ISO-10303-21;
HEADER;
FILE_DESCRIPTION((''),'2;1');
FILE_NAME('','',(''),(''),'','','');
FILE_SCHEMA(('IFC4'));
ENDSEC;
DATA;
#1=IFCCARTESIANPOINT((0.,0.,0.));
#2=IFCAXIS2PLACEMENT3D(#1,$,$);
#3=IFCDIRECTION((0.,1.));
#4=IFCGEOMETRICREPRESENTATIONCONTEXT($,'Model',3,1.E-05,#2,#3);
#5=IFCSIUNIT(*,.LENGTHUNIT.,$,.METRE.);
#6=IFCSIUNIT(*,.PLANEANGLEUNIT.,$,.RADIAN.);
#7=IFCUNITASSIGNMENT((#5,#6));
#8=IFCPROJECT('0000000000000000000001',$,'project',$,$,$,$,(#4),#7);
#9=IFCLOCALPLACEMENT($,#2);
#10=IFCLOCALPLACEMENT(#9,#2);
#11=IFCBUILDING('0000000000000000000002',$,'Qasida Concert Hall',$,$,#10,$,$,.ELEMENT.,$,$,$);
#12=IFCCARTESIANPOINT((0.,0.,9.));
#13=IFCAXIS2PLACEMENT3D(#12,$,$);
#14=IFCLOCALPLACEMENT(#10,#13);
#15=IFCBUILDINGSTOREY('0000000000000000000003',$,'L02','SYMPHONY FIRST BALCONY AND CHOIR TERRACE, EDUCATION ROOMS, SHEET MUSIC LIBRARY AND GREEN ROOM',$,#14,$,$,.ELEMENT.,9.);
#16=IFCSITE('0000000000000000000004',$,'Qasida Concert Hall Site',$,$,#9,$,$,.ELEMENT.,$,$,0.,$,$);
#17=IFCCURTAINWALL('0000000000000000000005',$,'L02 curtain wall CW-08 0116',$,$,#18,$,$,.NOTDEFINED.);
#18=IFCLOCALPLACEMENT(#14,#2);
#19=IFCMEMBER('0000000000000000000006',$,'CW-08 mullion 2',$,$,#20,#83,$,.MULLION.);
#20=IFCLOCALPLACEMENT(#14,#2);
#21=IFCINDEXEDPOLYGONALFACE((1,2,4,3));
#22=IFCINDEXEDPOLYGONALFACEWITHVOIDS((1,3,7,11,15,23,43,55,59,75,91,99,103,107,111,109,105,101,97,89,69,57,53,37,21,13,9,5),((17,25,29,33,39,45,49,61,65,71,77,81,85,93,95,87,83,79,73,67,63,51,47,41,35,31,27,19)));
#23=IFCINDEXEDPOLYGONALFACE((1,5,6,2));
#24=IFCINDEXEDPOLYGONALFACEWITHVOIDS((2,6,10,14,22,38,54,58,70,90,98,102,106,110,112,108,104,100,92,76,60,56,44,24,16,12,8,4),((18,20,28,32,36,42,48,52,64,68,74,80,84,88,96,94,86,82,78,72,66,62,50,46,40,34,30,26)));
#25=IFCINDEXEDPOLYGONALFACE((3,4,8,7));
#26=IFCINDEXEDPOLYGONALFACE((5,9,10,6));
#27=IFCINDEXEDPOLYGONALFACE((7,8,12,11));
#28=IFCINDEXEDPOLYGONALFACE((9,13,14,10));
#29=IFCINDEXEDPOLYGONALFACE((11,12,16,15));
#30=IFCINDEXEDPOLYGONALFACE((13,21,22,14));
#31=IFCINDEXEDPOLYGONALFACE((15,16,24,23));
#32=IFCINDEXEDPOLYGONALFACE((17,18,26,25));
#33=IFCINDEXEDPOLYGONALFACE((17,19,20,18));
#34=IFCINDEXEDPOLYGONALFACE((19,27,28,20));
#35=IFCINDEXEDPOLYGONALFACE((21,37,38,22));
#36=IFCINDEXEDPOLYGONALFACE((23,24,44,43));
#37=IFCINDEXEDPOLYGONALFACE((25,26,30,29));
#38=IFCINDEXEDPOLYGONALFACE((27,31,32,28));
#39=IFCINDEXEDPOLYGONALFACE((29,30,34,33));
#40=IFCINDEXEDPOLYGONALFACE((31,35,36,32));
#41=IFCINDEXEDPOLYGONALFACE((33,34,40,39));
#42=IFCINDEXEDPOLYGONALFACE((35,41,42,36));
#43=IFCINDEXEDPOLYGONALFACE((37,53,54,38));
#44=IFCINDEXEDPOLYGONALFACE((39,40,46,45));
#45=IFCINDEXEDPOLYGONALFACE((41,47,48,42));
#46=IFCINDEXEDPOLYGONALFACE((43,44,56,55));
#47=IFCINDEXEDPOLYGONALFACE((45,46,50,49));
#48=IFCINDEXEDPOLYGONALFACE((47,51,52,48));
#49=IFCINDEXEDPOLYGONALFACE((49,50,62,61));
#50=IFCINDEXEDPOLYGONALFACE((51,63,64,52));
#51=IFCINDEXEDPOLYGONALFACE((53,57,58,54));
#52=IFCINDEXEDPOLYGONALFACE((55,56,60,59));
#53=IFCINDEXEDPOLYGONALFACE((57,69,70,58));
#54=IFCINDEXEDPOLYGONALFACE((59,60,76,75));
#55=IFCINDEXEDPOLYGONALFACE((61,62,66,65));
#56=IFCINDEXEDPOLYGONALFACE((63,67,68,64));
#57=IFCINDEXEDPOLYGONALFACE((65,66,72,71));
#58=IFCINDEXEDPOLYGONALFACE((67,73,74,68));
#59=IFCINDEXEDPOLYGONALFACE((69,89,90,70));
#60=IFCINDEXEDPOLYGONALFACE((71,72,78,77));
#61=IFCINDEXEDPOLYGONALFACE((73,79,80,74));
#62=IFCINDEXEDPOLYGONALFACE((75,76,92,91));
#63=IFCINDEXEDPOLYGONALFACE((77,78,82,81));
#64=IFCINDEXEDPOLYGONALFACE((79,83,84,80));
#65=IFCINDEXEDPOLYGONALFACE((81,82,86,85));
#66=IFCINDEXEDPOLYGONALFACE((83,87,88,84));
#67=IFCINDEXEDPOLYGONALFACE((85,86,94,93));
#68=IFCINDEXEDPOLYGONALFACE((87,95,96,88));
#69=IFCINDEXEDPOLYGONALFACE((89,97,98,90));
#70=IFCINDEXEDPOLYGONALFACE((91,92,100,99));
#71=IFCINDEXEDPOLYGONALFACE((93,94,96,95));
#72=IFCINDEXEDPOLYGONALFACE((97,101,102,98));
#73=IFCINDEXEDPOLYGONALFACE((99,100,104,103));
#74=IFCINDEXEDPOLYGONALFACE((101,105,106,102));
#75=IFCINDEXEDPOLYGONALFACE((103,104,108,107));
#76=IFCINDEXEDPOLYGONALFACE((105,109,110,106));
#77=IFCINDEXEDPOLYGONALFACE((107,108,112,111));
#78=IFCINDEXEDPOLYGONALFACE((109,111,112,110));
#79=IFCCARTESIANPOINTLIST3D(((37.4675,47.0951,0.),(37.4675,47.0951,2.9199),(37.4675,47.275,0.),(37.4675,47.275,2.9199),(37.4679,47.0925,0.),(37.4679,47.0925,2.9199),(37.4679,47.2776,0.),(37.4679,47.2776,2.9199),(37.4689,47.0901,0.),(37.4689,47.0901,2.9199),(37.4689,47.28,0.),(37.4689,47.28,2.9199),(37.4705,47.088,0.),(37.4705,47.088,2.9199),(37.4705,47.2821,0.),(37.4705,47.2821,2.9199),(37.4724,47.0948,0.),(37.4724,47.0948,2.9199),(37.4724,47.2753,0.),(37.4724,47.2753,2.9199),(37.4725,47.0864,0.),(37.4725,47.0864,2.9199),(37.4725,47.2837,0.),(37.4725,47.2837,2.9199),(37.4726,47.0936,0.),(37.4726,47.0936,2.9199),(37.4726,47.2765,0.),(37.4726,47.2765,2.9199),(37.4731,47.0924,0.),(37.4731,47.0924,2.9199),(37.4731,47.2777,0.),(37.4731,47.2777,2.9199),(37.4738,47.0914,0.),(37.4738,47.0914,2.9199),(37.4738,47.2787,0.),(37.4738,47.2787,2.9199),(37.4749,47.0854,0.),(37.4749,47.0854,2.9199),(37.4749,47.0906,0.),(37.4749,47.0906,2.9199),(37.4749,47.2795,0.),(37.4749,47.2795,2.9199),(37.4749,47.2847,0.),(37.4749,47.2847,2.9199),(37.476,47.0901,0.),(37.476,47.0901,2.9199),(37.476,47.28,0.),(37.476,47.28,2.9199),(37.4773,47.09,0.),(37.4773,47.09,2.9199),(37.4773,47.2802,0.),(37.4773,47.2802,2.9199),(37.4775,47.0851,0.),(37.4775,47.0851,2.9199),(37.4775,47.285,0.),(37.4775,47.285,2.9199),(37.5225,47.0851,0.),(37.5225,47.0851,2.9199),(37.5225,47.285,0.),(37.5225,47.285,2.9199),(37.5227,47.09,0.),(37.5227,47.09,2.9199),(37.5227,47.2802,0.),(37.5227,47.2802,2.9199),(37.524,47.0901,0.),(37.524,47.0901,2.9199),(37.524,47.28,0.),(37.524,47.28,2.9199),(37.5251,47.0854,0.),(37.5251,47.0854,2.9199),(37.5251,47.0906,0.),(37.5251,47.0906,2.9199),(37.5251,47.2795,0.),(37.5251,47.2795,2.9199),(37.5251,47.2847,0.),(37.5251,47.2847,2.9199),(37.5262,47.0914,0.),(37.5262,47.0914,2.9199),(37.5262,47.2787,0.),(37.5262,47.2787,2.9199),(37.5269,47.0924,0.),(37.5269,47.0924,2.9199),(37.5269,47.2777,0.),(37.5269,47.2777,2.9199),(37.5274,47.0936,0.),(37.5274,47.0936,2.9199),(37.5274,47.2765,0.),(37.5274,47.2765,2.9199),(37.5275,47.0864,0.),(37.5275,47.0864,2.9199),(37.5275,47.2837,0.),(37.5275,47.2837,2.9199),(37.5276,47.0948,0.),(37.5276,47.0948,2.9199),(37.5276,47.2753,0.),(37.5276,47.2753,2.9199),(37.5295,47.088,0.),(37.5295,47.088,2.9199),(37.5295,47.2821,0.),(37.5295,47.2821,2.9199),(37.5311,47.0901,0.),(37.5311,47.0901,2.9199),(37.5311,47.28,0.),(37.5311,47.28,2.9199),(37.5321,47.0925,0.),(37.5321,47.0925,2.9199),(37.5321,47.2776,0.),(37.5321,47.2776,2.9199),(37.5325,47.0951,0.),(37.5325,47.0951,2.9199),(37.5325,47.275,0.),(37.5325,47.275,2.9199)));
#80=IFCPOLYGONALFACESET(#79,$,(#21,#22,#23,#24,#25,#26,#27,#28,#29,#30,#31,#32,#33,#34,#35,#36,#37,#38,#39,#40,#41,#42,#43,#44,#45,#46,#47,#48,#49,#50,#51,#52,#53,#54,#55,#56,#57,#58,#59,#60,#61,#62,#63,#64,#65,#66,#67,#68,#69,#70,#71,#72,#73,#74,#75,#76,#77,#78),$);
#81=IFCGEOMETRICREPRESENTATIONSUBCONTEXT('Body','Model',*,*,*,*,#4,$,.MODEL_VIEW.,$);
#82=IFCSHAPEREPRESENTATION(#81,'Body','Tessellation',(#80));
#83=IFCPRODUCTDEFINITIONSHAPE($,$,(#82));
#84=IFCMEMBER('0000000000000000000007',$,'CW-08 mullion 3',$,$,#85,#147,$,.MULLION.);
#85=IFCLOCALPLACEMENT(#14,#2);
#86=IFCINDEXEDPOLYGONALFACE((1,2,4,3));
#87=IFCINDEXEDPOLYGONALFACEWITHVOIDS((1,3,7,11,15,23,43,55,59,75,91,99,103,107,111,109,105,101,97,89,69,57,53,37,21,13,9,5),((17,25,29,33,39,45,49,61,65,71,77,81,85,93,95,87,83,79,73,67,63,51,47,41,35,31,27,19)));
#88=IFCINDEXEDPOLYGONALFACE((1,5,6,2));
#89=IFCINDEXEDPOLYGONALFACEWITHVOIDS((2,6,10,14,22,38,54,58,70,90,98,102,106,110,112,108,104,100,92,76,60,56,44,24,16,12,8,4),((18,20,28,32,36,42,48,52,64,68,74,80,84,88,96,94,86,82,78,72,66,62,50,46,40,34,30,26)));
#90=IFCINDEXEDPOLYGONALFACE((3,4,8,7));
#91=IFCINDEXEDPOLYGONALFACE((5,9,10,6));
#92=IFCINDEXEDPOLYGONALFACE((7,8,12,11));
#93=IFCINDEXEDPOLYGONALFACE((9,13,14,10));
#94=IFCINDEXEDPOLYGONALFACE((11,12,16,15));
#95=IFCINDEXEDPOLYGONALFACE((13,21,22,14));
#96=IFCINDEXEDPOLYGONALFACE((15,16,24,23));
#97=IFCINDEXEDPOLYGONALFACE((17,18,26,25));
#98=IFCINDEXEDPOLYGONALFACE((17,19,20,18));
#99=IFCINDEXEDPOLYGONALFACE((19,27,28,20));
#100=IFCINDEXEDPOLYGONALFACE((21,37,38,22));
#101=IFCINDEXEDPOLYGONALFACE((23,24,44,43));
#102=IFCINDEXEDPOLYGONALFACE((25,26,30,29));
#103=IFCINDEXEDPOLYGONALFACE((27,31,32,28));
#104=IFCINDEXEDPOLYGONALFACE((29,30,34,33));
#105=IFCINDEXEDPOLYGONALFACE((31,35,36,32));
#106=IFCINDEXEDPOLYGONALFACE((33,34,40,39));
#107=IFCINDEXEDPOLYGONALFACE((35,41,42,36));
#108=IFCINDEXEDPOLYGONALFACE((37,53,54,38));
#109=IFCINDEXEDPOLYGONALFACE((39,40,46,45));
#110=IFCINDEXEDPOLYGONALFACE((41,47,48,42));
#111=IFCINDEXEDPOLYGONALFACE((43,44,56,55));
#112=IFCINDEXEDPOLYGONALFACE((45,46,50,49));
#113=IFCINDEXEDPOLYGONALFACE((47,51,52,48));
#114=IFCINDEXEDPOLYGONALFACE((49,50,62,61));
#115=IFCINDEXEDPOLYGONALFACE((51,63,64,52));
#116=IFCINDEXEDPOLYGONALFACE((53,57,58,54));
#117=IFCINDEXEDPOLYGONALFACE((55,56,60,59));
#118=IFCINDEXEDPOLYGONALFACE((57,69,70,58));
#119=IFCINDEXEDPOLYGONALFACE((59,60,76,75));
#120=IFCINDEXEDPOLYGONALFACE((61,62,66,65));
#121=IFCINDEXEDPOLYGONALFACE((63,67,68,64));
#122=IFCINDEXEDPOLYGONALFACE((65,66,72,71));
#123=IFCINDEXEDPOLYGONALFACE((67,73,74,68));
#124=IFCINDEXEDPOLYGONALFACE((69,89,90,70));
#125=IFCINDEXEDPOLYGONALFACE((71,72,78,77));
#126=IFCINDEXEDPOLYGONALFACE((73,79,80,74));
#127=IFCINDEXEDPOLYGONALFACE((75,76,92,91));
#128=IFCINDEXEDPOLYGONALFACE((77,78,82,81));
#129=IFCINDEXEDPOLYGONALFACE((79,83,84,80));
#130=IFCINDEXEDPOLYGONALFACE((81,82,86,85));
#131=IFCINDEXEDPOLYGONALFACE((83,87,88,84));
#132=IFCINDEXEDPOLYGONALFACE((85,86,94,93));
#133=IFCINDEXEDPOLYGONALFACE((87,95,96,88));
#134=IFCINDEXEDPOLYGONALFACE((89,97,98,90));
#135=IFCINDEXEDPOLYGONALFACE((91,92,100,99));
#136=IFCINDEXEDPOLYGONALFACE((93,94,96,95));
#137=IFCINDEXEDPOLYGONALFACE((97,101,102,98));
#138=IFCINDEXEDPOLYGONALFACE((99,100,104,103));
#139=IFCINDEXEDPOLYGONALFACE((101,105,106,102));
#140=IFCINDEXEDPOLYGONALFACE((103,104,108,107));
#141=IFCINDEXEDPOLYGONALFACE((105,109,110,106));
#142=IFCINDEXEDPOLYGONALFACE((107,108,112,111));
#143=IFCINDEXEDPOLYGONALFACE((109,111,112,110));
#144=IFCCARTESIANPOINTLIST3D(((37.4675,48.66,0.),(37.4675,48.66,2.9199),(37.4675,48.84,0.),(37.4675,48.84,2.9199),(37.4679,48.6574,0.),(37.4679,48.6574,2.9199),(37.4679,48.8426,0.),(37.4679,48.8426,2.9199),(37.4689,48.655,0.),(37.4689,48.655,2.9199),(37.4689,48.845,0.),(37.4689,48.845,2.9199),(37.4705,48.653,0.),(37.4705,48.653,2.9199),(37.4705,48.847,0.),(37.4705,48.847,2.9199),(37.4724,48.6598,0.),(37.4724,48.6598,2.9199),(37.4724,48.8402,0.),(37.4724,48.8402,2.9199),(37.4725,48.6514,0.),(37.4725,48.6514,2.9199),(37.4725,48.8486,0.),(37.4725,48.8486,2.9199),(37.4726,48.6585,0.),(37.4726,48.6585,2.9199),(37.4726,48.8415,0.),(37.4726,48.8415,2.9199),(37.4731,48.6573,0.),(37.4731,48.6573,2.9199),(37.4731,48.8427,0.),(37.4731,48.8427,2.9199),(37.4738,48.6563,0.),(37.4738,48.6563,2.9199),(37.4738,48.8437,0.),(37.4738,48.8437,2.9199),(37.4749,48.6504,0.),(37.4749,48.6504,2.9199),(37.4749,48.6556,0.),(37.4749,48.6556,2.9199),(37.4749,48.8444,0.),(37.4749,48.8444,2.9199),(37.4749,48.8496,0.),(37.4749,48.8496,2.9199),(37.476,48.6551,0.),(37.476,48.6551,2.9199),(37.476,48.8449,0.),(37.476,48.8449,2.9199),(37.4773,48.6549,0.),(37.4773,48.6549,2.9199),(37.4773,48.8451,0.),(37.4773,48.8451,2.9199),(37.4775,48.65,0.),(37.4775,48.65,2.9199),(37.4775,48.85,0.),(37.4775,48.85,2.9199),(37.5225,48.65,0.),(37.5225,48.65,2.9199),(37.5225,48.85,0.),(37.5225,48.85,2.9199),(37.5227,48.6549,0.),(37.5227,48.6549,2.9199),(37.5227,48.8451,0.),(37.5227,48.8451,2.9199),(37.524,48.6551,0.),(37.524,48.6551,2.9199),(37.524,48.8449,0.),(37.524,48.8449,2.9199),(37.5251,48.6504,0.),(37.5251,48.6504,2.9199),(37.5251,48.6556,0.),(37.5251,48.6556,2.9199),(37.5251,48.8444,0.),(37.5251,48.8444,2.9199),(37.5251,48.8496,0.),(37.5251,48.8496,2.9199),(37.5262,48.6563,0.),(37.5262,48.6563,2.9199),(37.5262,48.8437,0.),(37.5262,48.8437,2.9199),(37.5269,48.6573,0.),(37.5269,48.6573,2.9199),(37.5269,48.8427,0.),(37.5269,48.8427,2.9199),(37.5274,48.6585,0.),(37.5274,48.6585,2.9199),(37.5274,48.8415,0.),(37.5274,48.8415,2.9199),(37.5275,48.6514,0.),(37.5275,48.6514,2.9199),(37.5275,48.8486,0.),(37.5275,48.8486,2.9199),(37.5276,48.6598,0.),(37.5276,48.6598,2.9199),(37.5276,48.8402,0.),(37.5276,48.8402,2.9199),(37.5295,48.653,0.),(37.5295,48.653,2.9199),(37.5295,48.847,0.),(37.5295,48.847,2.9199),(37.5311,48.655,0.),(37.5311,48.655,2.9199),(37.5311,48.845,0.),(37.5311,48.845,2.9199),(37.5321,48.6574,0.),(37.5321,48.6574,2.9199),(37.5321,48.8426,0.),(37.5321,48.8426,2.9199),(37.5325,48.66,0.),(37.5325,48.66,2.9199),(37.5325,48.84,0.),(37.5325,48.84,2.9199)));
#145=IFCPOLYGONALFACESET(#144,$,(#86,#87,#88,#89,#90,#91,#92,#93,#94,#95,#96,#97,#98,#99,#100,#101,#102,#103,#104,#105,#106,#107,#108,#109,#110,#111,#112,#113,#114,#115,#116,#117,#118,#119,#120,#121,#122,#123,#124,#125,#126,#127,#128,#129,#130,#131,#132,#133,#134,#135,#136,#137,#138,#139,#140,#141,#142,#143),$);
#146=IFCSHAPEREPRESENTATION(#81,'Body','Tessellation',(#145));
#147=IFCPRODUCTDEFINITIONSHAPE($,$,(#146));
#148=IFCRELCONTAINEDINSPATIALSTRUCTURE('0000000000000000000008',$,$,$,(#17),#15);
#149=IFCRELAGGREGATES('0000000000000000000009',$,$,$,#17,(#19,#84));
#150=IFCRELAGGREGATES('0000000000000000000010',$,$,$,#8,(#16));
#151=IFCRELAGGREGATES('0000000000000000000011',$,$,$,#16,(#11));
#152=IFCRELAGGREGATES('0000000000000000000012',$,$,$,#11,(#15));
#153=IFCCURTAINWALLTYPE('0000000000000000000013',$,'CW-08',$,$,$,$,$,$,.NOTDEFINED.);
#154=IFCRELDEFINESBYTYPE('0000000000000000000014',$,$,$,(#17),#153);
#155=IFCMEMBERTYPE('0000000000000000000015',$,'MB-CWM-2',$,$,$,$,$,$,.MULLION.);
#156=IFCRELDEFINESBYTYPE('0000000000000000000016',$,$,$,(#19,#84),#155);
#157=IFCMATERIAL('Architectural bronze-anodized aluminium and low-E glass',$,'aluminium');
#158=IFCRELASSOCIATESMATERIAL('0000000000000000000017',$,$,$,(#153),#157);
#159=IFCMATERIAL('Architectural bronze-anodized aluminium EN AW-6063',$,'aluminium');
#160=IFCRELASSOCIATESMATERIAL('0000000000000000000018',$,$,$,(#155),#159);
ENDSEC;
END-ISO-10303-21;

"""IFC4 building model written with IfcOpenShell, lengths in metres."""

from ifc_helpers import new_model, si_unit, direction, frame, origin, origin_2d, place, context, subcontext, project, spatial, hollow_rectangle, extrude, material, material_profile, profile_set, type_object, element, aggregate, save


model = new_model("IFC4")

# Units and contexts
model_context = context("Model", 3, precision=1e-05, world=origin(), true_north=direction((0.0, 1.0)))
body_context = subcontext(model_context, "Body", "Model", "MODEL_VIEW")
ifc_project = project(units=[si_unit("LENGTHUNIT", "METRE"), si_unit("PLANEANGLEUNIT", "RADIAN")], contexts=[model_context])

# Site, building, storey
site_placement = place(None, origin())
site = spatial("IfcSite", under=ifc_project, at=site_placement, Name="Qasida Concert Hall Site", CompositionType="ELEMENT", RefElevation=0.0)
building_placement = place(site_placement, origin())
building = spatial("IfcBuilding", under=site, at=building_placement, Name="Qasida Concert Hall", CompositionType="ELEMENT")
storey_placement = place(building_placement, frame((0.0, 0.0, 9.0)))
storey = spatial("IfcBuildingStorey", under=building, at=storey_placement, Name="L02", Description="SYMPHONY FIRST BALCONY AND CHOIR TERRACE, EDUCATION ROOMS, SHEET MUSIC LIBRARY AND GREEN ROOM", CompositionType="ELEMENT", Elevation=9.0)

# Curtain wall, members
ifc_material_1 = material(Name="Architectural bronze-anodized aluminium and low-E glass", Category="aluminium")
curtain_wall_type = type_object("IfcCurtainWallType", Name="CW-08", PredefinedType="NOTDEFINED", material=ifc_material_1)
curtain_wall_placement = place(storey_placement, origin())
curtain_wall = element("IfcCurtainWall", 1, at=curtain_wall_placement, inside=storey, type_object=curtain_wall_type, Name="L02 curtain wall CW-08 0116", PredefinedType="NOTDEFINED")
ifc_material_2 = material(Name="Architectural bronze-anodized aluminium EN AW-6063", Category="aluminium")
ifc_material_profile_1 = material_profile(ifc_material_2, hollow_rectangle(XDim=0.0649, YDim=0.2, WallThickness=0.0049, InnerFilletRadius=0.0049, OuterFilletRadius=0.01, at=origin_2d()), Name="CWM 200x65x5")
ifc_profile_set_1 = profile_set([ifc_material_profile_1], Name="Architectural bronze-anodized aluminium EN AW-6063")
member_type_1 = type_object("IfcMemberType", Name="MB-CWM-2", PredefinedType="MULLION", material=ifc_profile_set_1)
member_1_placement = place(storey_placement, frame((37.5, 47.1851, 0.0), z_axis=(0.0, 0.0, 1.0), x_axis=(-1.0, 0.0, 0.0)))
member_1 = element("IfcMember", 2, at=member_1_placement, type_object=member_type_1, Name="CW-08 mullion 2", PredefinedType="MULLION", context=body_context, shape_type="SweptSolid", body=[
    extrude(hollow_rectangle(XDim=0.0649, YDim=0.2, WallThickness=0.0049, InnerFilletRadius=0.0049, OuterFilletRadius=0.01, at=origin_2d()), origin(), (0.0, 0.0, 1.0), 2.9199),
])
member_2_placement = place(storey_placement, frame((37.5, 48.75, 0.0), z_axis=(0.0, 0.0, 1.0), x_axis=(-1.0, 0.0, 0.0)))
member_2 = element("IfcMember", 3, at=member_2_placement, type_object=member_type_1, Name="CW-08 mullion 3", PredefinedType="MULLION", context=body_context, shape_type="SweptSolid", body=[
    extrude(hollow_rectangle(XDim=0.0649, YDim=0.2, WallThickness=0.0049, InnerFilletRadius=0.0049, OuterFilletRadius=0.01, at=origin_2d()), origin(), (0.0, 0.0, 1.0), 2.9199),
])
aggregate(curtain_wall, [member_1, member_2])

save(model, "model.ifc")
